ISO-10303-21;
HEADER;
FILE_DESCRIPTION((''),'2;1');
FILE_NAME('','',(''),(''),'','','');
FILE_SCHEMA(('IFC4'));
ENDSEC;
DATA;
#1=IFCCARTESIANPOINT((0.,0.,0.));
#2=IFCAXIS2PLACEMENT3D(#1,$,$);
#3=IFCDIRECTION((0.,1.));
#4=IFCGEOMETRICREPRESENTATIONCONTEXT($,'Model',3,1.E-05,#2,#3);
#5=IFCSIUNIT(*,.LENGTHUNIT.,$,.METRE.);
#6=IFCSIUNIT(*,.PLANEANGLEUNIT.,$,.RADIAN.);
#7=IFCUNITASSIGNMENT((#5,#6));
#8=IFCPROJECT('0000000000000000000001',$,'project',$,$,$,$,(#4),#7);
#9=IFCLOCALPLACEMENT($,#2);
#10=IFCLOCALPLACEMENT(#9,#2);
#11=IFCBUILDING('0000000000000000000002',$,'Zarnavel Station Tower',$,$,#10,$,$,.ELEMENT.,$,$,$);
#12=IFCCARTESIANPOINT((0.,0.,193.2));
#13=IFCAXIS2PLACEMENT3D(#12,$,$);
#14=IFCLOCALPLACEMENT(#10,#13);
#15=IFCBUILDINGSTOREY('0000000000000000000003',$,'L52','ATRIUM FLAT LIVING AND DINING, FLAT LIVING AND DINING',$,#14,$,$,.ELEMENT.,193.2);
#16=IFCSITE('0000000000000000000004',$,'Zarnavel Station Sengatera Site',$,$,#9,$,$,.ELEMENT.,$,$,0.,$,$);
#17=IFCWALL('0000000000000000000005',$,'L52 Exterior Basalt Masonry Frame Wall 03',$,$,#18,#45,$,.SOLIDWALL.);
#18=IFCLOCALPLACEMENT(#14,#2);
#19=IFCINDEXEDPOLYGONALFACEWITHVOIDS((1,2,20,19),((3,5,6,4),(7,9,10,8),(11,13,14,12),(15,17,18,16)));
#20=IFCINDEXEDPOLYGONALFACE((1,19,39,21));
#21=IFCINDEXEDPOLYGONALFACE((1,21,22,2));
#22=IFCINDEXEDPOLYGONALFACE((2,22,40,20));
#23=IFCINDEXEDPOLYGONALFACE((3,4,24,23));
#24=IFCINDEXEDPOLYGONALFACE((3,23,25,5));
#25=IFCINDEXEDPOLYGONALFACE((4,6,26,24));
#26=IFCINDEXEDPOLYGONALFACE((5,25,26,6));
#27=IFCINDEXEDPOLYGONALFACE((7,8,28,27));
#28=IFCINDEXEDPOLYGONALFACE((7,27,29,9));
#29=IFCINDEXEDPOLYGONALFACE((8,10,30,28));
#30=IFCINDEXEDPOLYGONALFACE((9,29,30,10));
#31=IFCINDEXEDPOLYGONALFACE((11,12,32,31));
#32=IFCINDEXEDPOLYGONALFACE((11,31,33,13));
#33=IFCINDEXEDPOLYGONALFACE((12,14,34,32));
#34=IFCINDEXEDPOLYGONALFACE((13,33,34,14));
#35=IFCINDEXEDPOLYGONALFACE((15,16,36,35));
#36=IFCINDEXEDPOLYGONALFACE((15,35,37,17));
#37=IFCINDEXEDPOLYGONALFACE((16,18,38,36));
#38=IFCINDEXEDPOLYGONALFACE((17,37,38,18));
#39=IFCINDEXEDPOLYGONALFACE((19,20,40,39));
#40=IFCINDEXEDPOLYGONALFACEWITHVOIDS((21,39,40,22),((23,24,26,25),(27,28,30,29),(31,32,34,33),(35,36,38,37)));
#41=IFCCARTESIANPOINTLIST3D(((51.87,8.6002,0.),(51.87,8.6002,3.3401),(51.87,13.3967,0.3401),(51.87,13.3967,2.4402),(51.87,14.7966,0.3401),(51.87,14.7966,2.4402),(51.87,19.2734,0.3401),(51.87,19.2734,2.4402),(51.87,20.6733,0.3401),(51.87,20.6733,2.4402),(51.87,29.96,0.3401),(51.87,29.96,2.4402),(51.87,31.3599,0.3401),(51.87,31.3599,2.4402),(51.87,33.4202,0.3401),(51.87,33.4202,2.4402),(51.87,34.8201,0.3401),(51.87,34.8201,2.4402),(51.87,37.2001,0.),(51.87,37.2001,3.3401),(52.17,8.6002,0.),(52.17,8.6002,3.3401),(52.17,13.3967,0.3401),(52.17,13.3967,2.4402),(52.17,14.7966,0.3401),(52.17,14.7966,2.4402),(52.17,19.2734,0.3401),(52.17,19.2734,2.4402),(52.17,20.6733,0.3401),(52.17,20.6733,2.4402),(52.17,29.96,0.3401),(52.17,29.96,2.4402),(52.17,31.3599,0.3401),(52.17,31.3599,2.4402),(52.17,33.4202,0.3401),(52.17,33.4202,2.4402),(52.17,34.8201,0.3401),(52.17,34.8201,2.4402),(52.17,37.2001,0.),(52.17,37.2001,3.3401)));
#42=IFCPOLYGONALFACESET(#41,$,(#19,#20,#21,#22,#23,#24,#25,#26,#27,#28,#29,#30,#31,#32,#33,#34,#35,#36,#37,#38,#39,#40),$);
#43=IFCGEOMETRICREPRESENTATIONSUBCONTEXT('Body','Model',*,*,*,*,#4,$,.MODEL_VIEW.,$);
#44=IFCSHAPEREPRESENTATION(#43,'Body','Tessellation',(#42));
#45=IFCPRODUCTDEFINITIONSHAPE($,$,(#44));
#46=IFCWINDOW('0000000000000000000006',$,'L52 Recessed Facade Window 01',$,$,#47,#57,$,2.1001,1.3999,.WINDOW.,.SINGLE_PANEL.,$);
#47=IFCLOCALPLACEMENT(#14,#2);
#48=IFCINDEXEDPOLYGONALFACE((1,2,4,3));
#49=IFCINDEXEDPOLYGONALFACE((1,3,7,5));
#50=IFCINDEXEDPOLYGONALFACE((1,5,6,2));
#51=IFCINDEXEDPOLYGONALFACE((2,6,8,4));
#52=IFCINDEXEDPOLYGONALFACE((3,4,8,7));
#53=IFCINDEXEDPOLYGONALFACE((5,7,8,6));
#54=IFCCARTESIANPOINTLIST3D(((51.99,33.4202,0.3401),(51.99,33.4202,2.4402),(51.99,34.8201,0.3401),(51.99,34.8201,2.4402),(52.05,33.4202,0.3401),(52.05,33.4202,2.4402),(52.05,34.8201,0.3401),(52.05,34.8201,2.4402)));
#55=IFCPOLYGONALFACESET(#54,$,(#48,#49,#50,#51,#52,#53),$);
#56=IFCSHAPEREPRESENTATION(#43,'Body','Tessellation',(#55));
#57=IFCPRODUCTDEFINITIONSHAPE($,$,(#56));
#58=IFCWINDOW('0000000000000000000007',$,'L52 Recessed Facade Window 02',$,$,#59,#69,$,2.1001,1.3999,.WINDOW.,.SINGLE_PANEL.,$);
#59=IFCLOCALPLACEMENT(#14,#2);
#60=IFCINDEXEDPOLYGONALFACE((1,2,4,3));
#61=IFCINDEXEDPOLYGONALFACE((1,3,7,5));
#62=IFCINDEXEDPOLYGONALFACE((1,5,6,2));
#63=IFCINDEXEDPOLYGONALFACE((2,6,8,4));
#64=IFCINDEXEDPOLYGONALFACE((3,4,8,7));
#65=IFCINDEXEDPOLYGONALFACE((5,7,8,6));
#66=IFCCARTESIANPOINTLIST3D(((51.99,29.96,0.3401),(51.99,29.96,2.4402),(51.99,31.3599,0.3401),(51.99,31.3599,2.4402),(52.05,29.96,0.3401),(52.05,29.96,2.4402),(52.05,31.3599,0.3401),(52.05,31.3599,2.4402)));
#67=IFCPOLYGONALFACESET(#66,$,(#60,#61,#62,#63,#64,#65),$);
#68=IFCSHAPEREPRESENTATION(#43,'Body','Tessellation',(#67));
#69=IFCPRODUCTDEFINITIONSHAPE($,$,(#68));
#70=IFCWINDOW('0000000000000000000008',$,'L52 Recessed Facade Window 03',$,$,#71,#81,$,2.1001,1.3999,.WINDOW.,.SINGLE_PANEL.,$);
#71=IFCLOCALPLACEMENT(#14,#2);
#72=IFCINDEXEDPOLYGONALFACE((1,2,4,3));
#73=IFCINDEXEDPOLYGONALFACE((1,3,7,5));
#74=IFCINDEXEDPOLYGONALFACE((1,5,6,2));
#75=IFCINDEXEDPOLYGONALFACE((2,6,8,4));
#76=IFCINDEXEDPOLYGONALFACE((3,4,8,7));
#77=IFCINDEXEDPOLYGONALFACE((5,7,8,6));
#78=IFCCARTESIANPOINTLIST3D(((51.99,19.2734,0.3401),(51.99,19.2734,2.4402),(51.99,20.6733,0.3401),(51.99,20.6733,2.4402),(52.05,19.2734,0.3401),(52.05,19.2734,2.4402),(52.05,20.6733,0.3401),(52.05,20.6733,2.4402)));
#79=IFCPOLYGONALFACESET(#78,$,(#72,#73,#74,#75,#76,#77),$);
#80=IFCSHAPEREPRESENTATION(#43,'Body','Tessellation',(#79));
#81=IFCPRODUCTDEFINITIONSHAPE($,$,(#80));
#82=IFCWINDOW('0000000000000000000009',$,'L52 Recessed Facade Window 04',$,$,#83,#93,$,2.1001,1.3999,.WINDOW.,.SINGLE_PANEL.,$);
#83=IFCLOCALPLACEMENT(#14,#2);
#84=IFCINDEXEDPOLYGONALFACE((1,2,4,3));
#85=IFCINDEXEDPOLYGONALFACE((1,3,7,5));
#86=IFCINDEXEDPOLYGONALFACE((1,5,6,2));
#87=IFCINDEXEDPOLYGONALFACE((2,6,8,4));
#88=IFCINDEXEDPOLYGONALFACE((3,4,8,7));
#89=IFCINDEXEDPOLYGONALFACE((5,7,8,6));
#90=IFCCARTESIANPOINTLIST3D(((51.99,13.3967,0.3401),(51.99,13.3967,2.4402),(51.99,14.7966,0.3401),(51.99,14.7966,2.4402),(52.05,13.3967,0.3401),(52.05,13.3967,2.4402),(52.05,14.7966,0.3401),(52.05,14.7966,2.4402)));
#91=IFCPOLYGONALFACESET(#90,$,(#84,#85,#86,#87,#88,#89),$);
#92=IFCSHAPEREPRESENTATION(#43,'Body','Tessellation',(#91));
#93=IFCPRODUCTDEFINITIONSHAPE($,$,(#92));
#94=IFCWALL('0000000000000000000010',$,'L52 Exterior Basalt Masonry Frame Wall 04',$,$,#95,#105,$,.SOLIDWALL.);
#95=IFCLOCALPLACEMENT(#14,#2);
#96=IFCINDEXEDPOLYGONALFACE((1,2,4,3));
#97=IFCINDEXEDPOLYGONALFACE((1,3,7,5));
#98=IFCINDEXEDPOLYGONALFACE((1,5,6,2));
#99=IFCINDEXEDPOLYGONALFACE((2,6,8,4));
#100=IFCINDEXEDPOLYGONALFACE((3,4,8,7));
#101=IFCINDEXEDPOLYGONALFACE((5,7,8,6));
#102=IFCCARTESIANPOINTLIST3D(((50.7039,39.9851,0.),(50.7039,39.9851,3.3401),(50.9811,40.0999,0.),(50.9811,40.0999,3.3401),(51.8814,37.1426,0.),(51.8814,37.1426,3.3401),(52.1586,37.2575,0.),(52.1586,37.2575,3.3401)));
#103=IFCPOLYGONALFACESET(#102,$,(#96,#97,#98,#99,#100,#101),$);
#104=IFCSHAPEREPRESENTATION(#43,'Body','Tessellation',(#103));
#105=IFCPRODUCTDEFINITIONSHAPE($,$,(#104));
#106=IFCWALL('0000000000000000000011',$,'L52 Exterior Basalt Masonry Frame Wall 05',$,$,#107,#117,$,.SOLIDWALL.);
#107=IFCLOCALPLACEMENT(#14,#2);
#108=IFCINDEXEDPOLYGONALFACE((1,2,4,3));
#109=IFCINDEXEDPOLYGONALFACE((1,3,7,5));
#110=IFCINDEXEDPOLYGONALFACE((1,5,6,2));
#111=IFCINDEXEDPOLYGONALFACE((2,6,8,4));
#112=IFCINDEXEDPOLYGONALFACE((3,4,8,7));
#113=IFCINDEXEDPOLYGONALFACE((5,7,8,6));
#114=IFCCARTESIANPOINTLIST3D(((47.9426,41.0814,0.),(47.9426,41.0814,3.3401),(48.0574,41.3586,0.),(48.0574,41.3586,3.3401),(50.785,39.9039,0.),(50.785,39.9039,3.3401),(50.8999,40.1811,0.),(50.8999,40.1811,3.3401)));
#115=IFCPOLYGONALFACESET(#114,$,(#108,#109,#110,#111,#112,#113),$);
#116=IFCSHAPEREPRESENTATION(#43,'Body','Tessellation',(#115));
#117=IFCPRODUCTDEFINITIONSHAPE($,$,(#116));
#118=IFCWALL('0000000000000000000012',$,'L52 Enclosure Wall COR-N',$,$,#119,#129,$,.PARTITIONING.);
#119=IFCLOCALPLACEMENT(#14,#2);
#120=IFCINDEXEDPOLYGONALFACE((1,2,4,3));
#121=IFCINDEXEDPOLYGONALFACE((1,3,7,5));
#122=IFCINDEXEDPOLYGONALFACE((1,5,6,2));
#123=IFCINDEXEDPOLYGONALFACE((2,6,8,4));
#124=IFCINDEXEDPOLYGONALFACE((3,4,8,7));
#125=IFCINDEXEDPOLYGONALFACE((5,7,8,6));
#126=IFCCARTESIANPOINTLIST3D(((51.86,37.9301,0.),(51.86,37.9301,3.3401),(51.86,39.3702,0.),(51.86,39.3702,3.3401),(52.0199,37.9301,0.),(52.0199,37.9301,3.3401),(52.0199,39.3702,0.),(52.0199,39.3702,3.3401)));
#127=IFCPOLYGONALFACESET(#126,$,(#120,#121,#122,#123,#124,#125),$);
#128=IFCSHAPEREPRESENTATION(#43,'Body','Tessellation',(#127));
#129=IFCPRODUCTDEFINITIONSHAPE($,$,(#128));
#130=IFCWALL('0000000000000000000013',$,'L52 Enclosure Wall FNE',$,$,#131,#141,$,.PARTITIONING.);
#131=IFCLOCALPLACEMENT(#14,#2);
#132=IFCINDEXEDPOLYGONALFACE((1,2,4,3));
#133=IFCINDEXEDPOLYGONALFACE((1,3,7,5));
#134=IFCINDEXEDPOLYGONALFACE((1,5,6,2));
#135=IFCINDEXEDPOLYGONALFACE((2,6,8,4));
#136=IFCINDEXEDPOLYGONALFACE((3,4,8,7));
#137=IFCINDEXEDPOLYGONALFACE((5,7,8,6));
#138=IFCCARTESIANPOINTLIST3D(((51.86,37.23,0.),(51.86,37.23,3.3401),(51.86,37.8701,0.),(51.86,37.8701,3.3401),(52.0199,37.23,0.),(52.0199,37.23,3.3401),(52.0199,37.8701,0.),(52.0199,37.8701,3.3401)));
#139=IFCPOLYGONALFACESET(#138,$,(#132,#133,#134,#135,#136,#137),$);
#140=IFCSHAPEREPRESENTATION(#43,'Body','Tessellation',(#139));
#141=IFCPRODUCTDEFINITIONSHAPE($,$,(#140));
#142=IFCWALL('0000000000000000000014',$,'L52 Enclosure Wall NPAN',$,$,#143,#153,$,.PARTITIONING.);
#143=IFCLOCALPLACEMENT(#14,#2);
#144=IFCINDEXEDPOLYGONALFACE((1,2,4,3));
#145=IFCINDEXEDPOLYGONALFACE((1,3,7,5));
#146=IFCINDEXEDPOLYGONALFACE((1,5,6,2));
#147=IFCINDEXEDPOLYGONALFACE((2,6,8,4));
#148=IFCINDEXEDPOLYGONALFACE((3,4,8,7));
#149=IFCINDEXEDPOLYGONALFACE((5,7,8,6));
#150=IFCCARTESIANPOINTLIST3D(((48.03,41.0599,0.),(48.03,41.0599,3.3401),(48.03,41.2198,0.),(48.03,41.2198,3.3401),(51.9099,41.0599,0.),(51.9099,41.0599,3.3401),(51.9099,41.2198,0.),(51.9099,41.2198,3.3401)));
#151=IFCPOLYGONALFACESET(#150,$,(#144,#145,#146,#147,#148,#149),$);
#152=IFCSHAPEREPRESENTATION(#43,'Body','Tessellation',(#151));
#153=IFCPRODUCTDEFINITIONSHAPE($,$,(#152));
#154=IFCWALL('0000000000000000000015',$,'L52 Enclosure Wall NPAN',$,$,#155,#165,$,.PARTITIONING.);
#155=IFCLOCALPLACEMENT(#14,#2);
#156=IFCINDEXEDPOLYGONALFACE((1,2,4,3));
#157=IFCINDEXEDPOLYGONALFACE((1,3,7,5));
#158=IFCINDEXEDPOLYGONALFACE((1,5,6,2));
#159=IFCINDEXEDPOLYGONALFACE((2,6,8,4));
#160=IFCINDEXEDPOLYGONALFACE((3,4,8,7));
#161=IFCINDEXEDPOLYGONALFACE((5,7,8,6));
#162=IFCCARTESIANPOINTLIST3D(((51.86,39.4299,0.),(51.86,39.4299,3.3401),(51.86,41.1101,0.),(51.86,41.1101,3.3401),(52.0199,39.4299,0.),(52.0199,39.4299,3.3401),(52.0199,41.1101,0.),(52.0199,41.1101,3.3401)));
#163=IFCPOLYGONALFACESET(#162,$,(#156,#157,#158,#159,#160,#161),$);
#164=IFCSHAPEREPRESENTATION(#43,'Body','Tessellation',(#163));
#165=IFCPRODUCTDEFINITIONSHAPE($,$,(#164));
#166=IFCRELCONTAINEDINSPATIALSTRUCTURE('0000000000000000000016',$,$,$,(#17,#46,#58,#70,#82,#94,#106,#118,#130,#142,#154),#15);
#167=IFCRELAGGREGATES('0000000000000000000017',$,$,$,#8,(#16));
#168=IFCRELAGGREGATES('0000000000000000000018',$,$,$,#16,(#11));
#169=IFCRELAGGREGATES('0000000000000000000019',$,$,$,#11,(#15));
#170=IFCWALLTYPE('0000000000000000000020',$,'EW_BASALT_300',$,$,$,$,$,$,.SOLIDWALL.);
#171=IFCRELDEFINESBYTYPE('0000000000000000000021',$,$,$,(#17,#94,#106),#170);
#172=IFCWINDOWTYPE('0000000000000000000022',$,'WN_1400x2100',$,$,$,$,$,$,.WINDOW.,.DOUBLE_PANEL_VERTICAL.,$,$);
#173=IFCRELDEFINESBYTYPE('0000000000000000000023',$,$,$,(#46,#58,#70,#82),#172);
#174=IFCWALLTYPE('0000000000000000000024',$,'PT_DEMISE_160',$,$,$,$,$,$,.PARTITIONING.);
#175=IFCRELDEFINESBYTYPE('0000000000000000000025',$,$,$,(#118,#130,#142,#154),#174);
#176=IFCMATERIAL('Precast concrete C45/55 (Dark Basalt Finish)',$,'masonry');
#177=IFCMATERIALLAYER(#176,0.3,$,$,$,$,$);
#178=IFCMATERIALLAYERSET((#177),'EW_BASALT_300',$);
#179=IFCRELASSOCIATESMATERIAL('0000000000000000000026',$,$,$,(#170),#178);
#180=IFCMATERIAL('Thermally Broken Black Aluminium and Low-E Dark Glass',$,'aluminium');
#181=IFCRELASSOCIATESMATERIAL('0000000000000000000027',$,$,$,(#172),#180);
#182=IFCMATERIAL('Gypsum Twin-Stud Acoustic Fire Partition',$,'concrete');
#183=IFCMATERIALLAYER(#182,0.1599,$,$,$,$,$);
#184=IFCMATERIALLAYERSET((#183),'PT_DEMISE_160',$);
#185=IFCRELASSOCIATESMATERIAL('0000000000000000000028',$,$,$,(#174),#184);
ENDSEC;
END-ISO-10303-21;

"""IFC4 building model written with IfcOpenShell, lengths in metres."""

from ifc_helpers import new_model, si_unit, direction, frame, frame_2d, origin, place, context, subcontext, project, spatial, rectangle, extrude, material, layer, layer_set, type_object, element, fill, save


model = new_model("IFC4")

# Units and contexts
model_context = context("Model", 3, precision=1e-05, world=origin(), true_north=direction((0.0, 1.0)))
body_context = subcontext(model_context, "Body", "Model", "MODEL_VIEW")
ifc_project = project(units=[si_unit("LENGTHUNIT", "METRE"), si_unit("PLANEANGLEUNIT", "RADIAN")], contexts=[model_context])

# Site, building, storey
site_placement = place(None, origin())
site = spatial("IfcSite", under=ifc_project, at=site_placement, Name="Zarnavel Station Sengatera Site", CompositionType="ELEMENT", RefElevation=0.0)
building_placement = place(site_placement, origin())
building = spatial("IfcBuilding", under=site, at=building_placement, Name="Zarnavel Station Tower", CompositionType="ELEMENT")
storey_placement = place(building_placement, frame((0.0, 0.0, 193.2)))
storey = spatial("IfcBuildingStorey", under=building, at=storey_placement, Name="L52", Description="ATRIUM FLAT LIVING AND DINING, FLAT LIVING AND DINING", CompositionType="ELEMENT", Elevation=193.2)

# Wall, openings, windows
ifc_material_1 = material(Name="Precast concrete C45/55 (Dark Basalt Finish)", Category="masonry")
ifc_layer_1 = layer(ifc_material_1, 0.3)
ifc_layer_set_1 = layer_set([ifc_layer_1], Name="EW_BASALT_300")
wall_type_1 = type_object("IfcWallType", Name="EW_BASALT_300", PredefinedType="SOLIDWALL", material=ifc_layer_set_1)
wall_1_placement = place(storey_placement, frame((52.02, 37.2, 0.0), z_axis=(0.0, 0.0, 1.0), x_axis=(0.0, -1.0, 0.0)))
wall_1 = element("IfcWall", 1, at=wall_1_placement, inside=storey, type_object=wall_type_1, Name="L52 Exterior Basalt Masonry Frame Wall 03", PredefinedType="SOLIDWALL", context=body_context, shape_type="SweptSolid", body=[
    extrude(rectangle(XDim=28.5999, YDim=0.3, at=frame_2d((14.2998, 0.0))), origin(), (0.0, 0.0, 1.0), 3.3401),
])
opening_1_placement = place(wall_1_placement, frame((2.3799, 0.0, 0.3401)))
opening_1 = element("IfcOpeningElement", 2, at=opening_1_placement, cuts=wall_1, PredefinedType="OPENING", context=body_context, shape_type="SweptSolid", body=[
    extrude(rectangle(XDim=1.3999, YDim=2.1001, at=frame_2d((0.7, 1.05))), frame((0.0, 0.1599, 0.0), z_axis=(0.0, -1.0, 0.0), x_axis=(1.0, 0.0, 0.0)), (0.0, 0.0, 1.0), 0.3201),
])
opening_2_placement = place(wall_1_placement, frame((5.8401, 0.0, 0.3401)))
opening_2 = element("IfcOpeningElement", 3, at=opening_2_placement, cuts=wall_1, PredefinedType="OPENING", context=body_context, shape_type="SweptSolid", body=[
    extrude(rectangle(XDim=1.3999, YDim=2.1001, at=frame_2d((0.7, 1.05))), frame((0.0, 0.1599, 0.0), z_axis=(0.0, -1.0, 0.0), x_axis=(1.0, 0.0, 0.0)), (0.0, 0.0, 1.0), 0.3201),
])
opening_3_placement = place(wall_1_placement, frame((16.5266, 0.0, 0.3401)))
opening_3 = element("IfcOpeningElement", 4, at=opening_3_placement, cuts=wall_1, PredefinedType="OPENING", context=body_context, shape_type="SweptSolid", body=[
    extrude(rectangle(XDim=1.3999, YDim=2.1001, at=frame_2d((0.7, 1.05))), frame((0.0, 0.1599, 0.0), z_axis=(0.0, -1.0, 0.0), x_axis=(1.0, 0.0, 0.0)), (0.0, 0.0, 1.0), 0.3201),
])
opening_4_placement = place(wall_1_placement, frame((22.4033, 0.0, 0.3401)))
opening_4 = element("IfcOpeningElement", 5, at=opening_4_placement, cuts=wall_1, PredefinedType="OPENING", context=body_context, shape_type="SweptSolid", body=[
    extrude(rectangle(XDim=1.3999, YDim=2.1001, at=frame_2d((0.7, 1.05))), frame((0.0, 0.1599, 0.0), z_axis=(0.0, -1.0, 0.0), x_axis=(1.0, 0.0, 0.0)), (0.0, 0.0, 1.0), 0.3201),
])
ifc_material_2 = material(Name="Thermally Broken Black Aluminium and Low-E Dark Glass", Category="aluminium")
window_type = type_object("IfcWindowType", Name="WN_1400x2100", PartitioningType="DOUBLE_PANEL_VERTICAL", PredefinedType="WINDOW", material=ifc_material_2)
window_1_placement = place(opening_1_placement, origin())
window_1 = element("IfcWindow", 6, at=window_1_placement, inside=storey, type_object=window_type, Name="L52 Recessed Facade Window 01", OverallHeight=2.1001, OverallWidth=1.3999, PartitioningType="SINGLE_PANEL", PredefinedType="WINDOW", context=body_context, shape_type="SweptSolid", body=[
    extrude(rectangle(XDim=1.3999, YDim=2.1001, at=frame_2d((0.7, 1.05))), frame((0.0, 0.03, 0.0), z_axis=(0.0, -1.0, 0.0), x_axis=(1.0, 0.0, 0.0)), (0.0, 0.0, 1.0), 0.0601),
])
fill(opening_1, window_1)
window_2_placement = place(opening_2_placement, origin())
window_2 = element("IfcWindow", 7, at=window_2_placement, inside=storey, type_object=window_type, Name="L52 Recessed Facade Window 02", OverallHeight=2.1001, OverallWidth=1.3999, PartitioningType="SINGLE_PANEL", PredefinedType="WINDOW", context=body_context, shape_type="SweptSolid", body=[
    extrude(rectangle(XDim=1.3999, YDim=2.1001, at=frame_2d((0.7, 1.05))), frame((0.0, 0.03, 0.0), z_axis=(0.0, -1.0, 0.0), x_axis=(1.0, 0.0, 0.0)), (0.0, 0.0, 1.0), 0.0601),
])
fill(opening_2, window_2)
window_3_placement = place(opening_3_placement, origin())
window_3 = element("IfcWindow", 8, at=window_3_placement, inside=storey, type_object=window_type, Name="L52 Recessed Facade Window 03", OverallHeight=2.1001, OverallWidth=1.3999, PartitioningType="SINGLE_PANEL", PredefinedType="WINDOW", context=body_context, shape_type="SweptSolid", body=[
    extrude(rectangle(XDim=1.3999, YDim=2.1001, at=frame_2d((0.7, 1.05))), frame((0.0, 0.03, 0.0), z_axis=(0.0, -1.0, 0.0), x_axis=(1.0, 0.0, 0.0)), (0.0, 0.0, 1.0), 0.0601),
])
fill(opening_3, window_3)
window_4_placement = place(opening_4_placement, origin())
window_4 = element("IfcWindow", 9, at=window_4_placement, inside=storey, type_object=window_type, Name="L52 Recessed Facade Window 04", OverallHeight=2.1001, OverallWidth=1.3999, PartitioningType="SINGLE_PANEL", PredefinedType="WINDOW", context=body_context, shape_type="SweptSolid", body=[
    extrude(rectangle(XDim=1.3999, YDim=2.1001, at=frame_2d((0.7, 1.05))), frame((0.0, 0.03, 0.0), z_axis=(0.0, -1.0, 0.0), x_axis=(1.0, 0.0, 0.0)), (0.0, 0.0, 1.0), 0.0601),
])
fill(opening_4, window_4)

# Walls
for number, where, z_axis, x_axis, name in (
    (10, (50.8425, 40.0425, 0.0), (0.0, 0.0, 1.0), (0.382705, -0.923871, 0.0), "L52 Exterior Basalt Masonry Frame Wall 04"),
    (11, (48.0, 41.22, 0.0), (0.0, 0.0, 1.0), (0.923871, -0.382705, 0.0), "L52 Exterior Basalt Masonry Frame Wall 05"),
):
    element("IfcWall", number, at=place(storey_placement, frame(where, z_axis=z_axis, x_axis=x_axis)), inside=storey, type_object=wall_type_1, Name=name, PredefinedType="SOLIDWALL", context=body_context, shape_type="SweptSolid", body=[
        extrude(rectangle(XDim=3.0767, YDim=0.3, at=frame_2d((1.5383, 0.0))), origin(), (0.0, 0.0, 1.0), 3.3401),
    ])
ifc_material_3 = material(Name="Gypsum Twin-Stud Acoustic Fire Partition", Category="concrete")
ifc_layer_2 = layer(ifc_material_3, 0.1599)
ifc_layer_set_2 = layer_set([ifc_layer_2], Name="PT_DEMISE_160")
wall_type_2 = type_object("IfcWallType", Name="PT_DEMISE_160", PredefinedType="PARTITIONING", material=ifc_layer_set_2)
wall_2_placement = place(storey_placement, frame((51.9399, 37.9299, 0.0), z_axis=(0.0, 0.0, 1.0), x_axis=(0.0, 1.0, 0.0)))
element("IfcWall", 12, at=wall_2_placement, inside=storey, type_object=wall_type_2, Name="L52 Enclosure Wall COR-N", PredefinedType="PARTITIONING", context=body_context, shape_type="SweptSolid", body=[
    extrude(rectangle(XDim=1.4402, YDim=0.1599, at=frame_2d((0.7202, 0.0))), origin(), (0.0, 0.0, 1.0), 3.3401),
])
wall_3_placement = place(storey_placement, frame((51.9399, 37.23, 0.0), z_axis=(0.0, 0.0, 1.0), x_axis=(0.0, 1.0, 0.0)))
element("IfcWall", 13, at=wall_3_placement, inside=storey, type_object=wall_type_2, Name="L52 Enclosure Wall FNE", PredefinedType="PARTITIONING", context=body_context, shape_type="SweptSolid", body=[
    extrude(rectangle(XDim=0.6401, YDim=0.1599, at=frame_2d((0.3201, 0.0))), origin(), (0.0, 0.0, 1.0), 3.3401),
])
wall_4_placement = place(storey_placement, frame((48.03, 41.1399, 0.0), z_axis=(0.0, 0.0, 1.0), x_axis=(1.0, 0.0, 0.0)))
element("IfcWall", 14, at=wall_4_placement, inside=storey, type_object=wall_type_2, Name="L52 Enclosure Wall NPAN", PredefinedType="PARTITIONING", context=body_context, shape_type="SweptSolid", body=[
    extrude(rectangle(XDim=3.8799, YDim=0.1599, at=frame_2d((1.9399, 0.0))), origin(), (0.0, 0.0, 1.0), 3.3401),
])
wall_5_placement = place(storey_placement, frame((51.9399, 39.4299, 0.0), z_axis=(0.0, 0.0, 1.0), x_axis=(0.0, 1.0, 0.0)))
element("IfcWall", 15, at=wall_5_placement, inside=storey, type_object=wall_type_2, Name="L52 Enclosure Wall NPAN", PredefinedType="PARTITIONING", context=body_context, shape_type="SweptSolid", body=[
    extrude(rectangle(XDim=1.6802, YDim=0.1599, at=frame_2d((0.8401, 0.0))), origin(), (0.0, 0.0, 1.0), 3.3401),
])

save(model, "model.ifc")
